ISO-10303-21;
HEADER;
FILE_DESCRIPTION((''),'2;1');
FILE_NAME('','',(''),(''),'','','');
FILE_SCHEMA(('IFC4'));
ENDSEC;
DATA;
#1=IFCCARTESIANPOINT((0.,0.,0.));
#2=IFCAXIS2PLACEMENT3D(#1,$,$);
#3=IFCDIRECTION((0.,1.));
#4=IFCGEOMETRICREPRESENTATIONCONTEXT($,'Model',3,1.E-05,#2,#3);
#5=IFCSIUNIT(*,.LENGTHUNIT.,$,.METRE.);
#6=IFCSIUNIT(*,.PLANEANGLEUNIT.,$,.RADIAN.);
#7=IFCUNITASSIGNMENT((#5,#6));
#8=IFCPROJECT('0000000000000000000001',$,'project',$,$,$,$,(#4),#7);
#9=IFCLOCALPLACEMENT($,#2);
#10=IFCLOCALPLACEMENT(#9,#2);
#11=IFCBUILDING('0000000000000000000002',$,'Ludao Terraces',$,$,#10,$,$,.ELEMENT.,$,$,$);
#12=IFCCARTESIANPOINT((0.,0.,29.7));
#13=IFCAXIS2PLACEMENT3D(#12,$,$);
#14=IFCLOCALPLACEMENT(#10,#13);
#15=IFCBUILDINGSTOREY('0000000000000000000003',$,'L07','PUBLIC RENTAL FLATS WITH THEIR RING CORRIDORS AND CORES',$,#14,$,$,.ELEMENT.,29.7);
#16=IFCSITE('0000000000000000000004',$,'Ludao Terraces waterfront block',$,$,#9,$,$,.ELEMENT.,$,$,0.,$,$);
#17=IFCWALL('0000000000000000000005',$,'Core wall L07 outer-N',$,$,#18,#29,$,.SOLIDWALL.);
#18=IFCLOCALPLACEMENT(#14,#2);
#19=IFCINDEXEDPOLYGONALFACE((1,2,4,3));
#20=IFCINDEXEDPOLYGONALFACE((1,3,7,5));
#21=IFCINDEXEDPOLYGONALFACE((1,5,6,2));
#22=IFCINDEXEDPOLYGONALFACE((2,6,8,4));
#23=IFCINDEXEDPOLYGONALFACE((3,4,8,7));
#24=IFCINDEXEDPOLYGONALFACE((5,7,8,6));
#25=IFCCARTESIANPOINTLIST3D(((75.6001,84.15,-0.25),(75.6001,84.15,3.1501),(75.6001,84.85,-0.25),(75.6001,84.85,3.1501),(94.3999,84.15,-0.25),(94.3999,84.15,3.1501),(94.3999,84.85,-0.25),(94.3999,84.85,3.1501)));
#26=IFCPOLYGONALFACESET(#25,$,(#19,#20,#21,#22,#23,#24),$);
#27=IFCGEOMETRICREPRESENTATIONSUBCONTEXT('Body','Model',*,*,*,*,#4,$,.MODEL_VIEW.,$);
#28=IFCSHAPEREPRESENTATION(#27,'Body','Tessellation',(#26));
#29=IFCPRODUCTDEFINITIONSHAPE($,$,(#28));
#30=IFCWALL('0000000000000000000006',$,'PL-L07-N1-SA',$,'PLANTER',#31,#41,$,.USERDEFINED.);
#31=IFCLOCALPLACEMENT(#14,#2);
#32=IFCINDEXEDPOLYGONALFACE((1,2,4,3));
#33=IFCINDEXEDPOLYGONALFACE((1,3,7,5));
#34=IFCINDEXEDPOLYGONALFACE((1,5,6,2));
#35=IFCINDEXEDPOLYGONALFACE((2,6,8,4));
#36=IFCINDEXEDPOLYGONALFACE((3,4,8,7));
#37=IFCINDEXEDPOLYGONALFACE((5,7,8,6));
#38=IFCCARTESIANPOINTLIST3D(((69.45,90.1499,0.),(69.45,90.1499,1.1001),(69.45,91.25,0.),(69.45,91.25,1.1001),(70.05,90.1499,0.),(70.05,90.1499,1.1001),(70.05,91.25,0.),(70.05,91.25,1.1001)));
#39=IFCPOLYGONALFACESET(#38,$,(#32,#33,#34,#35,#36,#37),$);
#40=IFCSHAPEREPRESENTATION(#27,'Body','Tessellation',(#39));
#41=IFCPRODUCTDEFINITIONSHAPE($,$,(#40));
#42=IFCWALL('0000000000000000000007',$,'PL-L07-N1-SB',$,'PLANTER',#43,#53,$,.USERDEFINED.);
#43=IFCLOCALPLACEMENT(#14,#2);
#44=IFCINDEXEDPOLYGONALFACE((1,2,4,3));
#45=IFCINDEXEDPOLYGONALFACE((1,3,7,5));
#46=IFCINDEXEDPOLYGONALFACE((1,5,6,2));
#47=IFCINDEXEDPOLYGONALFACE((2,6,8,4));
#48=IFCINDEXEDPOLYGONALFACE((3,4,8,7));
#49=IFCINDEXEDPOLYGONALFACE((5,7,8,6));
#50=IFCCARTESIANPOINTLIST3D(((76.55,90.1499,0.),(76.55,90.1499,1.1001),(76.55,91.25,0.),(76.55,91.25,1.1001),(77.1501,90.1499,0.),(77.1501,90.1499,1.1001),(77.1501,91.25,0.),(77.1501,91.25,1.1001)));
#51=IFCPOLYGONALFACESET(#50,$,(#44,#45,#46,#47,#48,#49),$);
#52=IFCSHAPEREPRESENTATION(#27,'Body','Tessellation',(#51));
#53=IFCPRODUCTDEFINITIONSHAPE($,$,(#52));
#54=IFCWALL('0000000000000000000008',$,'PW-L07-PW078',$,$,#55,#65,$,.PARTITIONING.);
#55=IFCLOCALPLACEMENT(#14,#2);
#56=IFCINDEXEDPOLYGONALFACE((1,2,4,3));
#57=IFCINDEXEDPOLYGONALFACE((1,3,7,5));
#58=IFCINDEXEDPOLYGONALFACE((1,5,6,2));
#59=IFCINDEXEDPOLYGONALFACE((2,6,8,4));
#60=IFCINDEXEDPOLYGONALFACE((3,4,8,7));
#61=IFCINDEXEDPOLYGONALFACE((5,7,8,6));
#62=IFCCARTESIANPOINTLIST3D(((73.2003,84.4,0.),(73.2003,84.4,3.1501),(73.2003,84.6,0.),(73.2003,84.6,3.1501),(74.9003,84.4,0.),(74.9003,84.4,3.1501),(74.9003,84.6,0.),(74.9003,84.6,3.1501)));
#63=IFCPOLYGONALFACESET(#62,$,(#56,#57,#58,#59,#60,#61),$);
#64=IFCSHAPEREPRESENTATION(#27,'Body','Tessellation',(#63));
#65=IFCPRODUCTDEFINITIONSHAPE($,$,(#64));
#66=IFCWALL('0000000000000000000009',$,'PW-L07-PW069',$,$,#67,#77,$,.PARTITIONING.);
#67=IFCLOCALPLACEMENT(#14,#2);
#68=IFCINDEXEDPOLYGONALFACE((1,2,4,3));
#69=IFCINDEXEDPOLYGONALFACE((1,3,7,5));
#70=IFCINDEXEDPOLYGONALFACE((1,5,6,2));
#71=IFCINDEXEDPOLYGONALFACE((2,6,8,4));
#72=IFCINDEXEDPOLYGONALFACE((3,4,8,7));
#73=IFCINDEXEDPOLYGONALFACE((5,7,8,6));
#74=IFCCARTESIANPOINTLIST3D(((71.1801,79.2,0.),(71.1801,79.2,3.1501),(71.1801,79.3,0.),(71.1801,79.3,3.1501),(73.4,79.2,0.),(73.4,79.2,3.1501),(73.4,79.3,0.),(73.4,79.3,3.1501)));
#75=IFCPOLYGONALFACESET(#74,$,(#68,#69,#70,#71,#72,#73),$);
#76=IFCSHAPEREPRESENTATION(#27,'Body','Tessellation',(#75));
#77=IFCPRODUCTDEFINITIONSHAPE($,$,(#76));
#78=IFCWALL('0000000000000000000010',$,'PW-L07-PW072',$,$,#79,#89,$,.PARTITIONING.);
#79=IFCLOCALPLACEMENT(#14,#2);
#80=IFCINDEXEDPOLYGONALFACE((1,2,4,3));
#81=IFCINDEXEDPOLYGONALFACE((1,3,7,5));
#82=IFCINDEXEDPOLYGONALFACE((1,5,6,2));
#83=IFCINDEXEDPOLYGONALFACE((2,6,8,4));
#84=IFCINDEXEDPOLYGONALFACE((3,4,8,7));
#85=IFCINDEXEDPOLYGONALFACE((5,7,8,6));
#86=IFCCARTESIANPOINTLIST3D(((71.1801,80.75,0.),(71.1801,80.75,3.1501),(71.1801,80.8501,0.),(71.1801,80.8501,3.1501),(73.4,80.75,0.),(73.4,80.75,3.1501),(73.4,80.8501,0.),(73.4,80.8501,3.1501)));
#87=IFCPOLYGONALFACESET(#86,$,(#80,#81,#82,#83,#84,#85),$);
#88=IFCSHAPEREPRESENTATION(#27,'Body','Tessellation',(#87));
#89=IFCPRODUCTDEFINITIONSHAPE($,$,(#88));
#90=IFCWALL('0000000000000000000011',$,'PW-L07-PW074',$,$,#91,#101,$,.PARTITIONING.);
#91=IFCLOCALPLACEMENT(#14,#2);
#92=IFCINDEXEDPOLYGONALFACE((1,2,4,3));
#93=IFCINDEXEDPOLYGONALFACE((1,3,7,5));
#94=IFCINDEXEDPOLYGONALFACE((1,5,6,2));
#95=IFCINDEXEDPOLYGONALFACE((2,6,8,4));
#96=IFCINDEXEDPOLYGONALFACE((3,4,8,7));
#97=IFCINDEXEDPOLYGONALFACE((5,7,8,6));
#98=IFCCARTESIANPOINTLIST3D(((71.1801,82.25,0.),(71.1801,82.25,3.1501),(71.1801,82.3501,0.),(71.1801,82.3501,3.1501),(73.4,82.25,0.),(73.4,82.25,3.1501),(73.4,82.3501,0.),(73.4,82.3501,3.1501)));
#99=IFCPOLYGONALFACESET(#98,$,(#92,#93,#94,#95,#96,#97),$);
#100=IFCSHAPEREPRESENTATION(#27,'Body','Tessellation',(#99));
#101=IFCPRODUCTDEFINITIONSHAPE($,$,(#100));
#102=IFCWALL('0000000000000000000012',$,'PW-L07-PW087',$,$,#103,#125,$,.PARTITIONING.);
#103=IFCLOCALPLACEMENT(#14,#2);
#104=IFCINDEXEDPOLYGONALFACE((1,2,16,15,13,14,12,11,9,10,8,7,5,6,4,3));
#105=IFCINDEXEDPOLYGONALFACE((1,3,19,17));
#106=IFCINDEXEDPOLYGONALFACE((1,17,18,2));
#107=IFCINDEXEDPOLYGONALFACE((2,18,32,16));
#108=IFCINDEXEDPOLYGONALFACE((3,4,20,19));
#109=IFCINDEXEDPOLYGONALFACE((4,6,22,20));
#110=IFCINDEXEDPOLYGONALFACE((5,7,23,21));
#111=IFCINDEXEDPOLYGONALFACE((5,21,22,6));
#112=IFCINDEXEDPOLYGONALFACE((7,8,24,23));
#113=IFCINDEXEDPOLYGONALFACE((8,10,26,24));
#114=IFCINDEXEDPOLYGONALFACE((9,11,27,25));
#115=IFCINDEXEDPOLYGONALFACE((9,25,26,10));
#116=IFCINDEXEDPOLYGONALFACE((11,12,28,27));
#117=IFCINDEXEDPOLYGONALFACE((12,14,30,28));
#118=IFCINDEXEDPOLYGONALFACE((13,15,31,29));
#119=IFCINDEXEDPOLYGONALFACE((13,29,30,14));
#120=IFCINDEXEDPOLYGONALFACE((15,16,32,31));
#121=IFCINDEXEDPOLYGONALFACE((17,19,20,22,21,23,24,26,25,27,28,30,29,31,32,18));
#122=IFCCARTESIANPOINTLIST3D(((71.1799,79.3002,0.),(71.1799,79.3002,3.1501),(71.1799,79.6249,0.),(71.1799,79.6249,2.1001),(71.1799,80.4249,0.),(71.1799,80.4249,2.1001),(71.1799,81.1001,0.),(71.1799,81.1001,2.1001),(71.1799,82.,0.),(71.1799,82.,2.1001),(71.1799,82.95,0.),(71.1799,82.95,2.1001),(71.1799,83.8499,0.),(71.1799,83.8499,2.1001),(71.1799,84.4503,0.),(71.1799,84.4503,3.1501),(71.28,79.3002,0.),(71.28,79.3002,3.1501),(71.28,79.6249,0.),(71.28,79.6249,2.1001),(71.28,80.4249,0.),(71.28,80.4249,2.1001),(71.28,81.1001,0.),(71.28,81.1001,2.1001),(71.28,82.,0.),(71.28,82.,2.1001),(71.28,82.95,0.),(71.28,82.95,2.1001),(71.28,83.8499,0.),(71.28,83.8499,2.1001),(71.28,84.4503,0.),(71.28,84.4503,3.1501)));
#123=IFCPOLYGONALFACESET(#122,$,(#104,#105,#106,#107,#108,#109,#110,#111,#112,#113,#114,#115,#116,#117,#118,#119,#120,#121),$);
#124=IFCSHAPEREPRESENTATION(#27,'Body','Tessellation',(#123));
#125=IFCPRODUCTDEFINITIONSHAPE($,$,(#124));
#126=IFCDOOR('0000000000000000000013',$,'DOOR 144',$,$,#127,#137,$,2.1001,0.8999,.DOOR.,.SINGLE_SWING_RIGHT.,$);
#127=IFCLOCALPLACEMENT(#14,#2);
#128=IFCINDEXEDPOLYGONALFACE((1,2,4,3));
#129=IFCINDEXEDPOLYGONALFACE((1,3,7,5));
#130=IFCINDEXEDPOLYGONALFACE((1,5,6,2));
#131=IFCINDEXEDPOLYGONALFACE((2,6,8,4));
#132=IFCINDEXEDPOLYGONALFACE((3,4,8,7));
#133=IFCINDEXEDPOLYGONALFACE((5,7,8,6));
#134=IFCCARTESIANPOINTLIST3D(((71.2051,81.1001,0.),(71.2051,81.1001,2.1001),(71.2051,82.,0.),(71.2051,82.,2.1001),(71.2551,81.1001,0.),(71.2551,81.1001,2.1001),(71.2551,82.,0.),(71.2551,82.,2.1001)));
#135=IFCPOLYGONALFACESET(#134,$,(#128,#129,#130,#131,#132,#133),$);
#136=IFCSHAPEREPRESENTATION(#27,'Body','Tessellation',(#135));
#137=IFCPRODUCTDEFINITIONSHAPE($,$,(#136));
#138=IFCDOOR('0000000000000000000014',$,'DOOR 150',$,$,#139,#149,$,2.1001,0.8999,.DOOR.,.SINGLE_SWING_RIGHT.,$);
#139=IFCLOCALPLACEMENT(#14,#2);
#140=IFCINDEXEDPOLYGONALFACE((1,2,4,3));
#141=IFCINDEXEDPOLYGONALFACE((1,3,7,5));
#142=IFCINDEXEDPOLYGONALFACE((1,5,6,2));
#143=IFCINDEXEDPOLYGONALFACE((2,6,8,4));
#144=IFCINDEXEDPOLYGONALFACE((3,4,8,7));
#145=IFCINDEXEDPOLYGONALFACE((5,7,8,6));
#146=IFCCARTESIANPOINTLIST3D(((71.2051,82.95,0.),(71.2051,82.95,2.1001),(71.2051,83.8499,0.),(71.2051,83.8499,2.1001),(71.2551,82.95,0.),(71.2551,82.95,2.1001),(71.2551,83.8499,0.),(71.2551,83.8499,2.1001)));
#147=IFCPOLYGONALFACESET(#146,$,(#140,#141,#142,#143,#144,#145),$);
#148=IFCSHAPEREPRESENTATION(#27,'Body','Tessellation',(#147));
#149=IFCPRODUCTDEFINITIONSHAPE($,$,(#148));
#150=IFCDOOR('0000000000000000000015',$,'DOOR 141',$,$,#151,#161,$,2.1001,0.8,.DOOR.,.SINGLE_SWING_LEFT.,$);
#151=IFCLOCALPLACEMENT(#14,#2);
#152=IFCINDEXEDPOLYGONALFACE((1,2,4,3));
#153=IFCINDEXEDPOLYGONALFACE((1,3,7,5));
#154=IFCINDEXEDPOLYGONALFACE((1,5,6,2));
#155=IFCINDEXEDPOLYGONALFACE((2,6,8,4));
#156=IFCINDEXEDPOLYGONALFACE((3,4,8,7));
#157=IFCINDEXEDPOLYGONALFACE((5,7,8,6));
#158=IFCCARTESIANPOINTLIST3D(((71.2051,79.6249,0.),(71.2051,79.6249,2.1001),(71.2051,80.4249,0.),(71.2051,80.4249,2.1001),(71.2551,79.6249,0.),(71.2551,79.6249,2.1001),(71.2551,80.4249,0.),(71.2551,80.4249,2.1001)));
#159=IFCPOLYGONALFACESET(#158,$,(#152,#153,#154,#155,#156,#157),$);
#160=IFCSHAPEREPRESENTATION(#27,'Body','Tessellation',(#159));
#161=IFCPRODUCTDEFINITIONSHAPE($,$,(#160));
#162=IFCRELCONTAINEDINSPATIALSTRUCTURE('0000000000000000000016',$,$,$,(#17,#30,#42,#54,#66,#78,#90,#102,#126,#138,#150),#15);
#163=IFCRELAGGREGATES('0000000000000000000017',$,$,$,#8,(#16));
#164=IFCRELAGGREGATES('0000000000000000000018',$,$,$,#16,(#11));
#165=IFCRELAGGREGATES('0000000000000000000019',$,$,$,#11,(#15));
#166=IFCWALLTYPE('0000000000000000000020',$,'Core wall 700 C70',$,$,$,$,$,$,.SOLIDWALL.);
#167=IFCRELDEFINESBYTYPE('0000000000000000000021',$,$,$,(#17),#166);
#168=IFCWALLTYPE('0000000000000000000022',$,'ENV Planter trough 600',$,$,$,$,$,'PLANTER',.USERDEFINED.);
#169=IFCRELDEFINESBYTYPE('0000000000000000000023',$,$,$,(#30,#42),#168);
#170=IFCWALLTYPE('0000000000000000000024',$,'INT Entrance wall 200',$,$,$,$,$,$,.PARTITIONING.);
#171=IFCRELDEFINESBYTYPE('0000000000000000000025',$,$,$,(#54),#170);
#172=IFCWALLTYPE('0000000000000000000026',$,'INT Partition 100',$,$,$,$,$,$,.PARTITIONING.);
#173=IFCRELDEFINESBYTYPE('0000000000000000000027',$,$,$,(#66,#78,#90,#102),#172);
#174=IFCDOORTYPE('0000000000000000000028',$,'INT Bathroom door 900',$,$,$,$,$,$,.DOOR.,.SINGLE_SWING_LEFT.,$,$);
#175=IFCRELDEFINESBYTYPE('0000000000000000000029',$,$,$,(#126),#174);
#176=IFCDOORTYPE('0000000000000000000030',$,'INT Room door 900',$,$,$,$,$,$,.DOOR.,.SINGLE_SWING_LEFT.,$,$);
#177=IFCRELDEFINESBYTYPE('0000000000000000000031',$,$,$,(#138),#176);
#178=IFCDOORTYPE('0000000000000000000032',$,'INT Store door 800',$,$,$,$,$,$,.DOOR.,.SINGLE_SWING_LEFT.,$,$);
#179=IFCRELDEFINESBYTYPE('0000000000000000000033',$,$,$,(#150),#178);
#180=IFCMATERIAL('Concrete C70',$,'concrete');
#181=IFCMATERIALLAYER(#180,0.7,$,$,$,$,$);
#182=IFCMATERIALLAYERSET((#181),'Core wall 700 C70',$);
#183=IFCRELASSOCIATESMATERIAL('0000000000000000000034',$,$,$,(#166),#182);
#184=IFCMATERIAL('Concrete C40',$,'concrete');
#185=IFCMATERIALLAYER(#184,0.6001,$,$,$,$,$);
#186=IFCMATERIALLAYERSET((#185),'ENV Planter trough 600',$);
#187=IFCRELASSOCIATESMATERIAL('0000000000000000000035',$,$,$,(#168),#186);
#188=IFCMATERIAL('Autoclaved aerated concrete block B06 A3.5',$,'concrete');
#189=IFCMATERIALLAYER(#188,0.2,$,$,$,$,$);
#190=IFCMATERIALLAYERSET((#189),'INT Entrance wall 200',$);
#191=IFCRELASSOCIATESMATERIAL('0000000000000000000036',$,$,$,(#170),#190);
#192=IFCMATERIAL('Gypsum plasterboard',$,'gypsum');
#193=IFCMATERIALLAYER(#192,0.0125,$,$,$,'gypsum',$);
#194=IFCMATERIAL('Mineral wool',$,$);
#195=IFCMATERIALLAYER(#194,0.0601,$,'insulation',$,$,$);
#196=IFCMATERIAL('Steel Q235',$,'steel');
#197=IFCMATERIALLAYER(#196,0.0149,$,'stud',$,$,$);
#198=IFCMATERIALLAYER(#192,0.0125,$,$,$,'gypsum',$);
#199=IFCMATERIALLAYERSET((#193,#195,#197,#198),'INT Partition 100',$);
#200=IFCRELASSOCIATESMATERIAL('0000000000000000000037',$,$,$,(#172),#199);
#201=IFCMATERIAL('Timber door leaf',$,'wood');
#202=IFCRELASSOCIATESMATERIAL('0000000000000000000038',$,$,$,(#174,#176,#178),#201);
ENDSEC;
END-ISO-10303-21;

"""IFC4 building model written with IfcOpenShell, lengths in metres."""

from ifc_helpers import new_model, si_unit, direction, frame, frame_2d, origin, place, context, subcontext, project, spatial, rectangle, extrude, material, layer, layer_set, type_object, element, fill, save


model = new_model("IFC4")

# Units and contexts
model_context = context("Model", 3, precision=1e-05, world=origin(), true_north=direction((0.0, 1.0)))
body_context = subcontext(model_context, "Body", "Model", "MODEL_VIEW")
ifc_project = project(units=[si_unit("LENGTHUNIT", "METRE"), si_unit("PLANEANGLEUNIT", "RADIAN")], contexts=[model_context])

# Site, building, storey
site_placement = place(None, origin())
site = spatial("IfcSite", under=ifc_project, at=site_placement, Name="Ludao Terraces waterfront block", CompositionType="ELEMENT", RefElevation=0.0)
building_placement = place(site_placement, origin())
building = spatial("IfcBuilding", under=site, at=building_placement, Name="Ludao Terraces", CompositionType="ELEMENT")
storey_placement = place(building_placement, frame((0.0, 0.0, 29.7)))
storey = spatial("IfcBuildingStorey", under=building, at=storey_placement, Name="L07", Description="PUBLIC RENTAL FLATS WITH THEIR RING CORRIDORS AND CORES", CompositionType="ELEMENT", Elevation=29.7)

# Walls
ifc_material_1 = material(Name="Concrete C70", Category="concrete")
ifc_layer_1 = layer(ifc_material_1, 0.7)
ifc_layer_set_1 = layer_set([ifc_layer_1], Name="Core wall 700 C70")
wall_type_1 = type_object("IfcWallType", Name="Core wall 700 C70", PredefinedType="SOLIDWALL", material=ifc_layer_set_1)
wall_1_placement = place(storey_placement, frame((75.6001, 84.5, -0.25), z_axis=(0.0, 0.0, 1.0), x_axis=(1.0, 0.0, 0.0)))
element("IfcWall", 1, at=wall_1_placement, inside=storey, type_object=wall_type_1, Name="Core wall L07 outer-N", PredefinedType="SOLIDWALL", context=body_context, shape_type="SweptSolid", body=[
    extrude(rectangle(XDim=18.7998, YDim=0.7, at=frame_2d((9.3999, 0.0))), origin(), (0.0, 0.0, 1.0), 3.4001),
])
ifc_material_2 = material(Name="Concrete C40", Category="concrete")
ifc_layer_2 = layer(ifc_material_2, 0.6001)
ifc_layer_set_2 = layer_set([ifc_layer_2], Name="ENV Planter trough 600")
wall_type_2 = type_object("IfcWallType", Name="ENV Planter trough 600", ElementType="PLANTER", PredefinedType="USERDEFINED", material=ifc_layer_set_2)
for number, where, z_axis, x_axis, name in (
    (2, (69.75, 91.25, 0.0), (0.0, 0.0, 1.0), (0.0, -1.0, 0.0), "PL-L07-N1-SA"),
    (3, (76.8501, 91.25, 0.0), (0.0, 0.0, 1.0), (0.0, -1.0, 0.0), "PL-L07-N1-SB"),
):
    element("IfcWall", number, at=place(storey_placement, frame(where, z_axis=z_axis, x_axis=x_axis)), inside=storey, type_object=wall_type_2, Name=name, ObjectType="PLANTER", PredefinedType="USERDEFINED", context=body_context, shape_type="SweptSolid", body=[
        extrude(rectangle(XDim=1.1001, YDim=0.6001, at=frame_2d((0.55, 0.0))), origin(), (0.0, 0.0, 1.0), 1.1001),
    ])

# Shared definitions
ifc_material_3 = material(Name="Mineral wool")

# Walls
ifc_material_4 = material(Name="Autoclaved aerated concrete block B06 A3.5", Category="concrete")
ifc_layer_3 = layer(ifc_material_4, 0.2)
ifc_layer_set_3 = layer_set([ifc_layer_3], Name="INT Entrance wall 200")
wall_type_3 = type_object("IfcWallType", Name="INT Entrance wall 200", PredefinedType="PARTITIONING", material=ifc_layer_set_3)
wall_2_placement = place(storey_placement, frame((73.2002, 84.5, 0.0), z_axis=(0.0, 0.0, 1.0), x_axis=(1.0, 0.0, 0.0)))
element("IfcWall", 4, at=wall_2_placement, inside=storey, type_object=wall_type_3, Name="PW-L07-PW078", PredefinedType="PARTITIONING", context=body_context, shape_type="SweptSolid", body=[
    extrude(rectangle(XDim=1.7, YDim=0.2, at=frame_2d((0.8501, 0.0))), origin(), (0.0, 0.0, 1.0), 3.1501),
])
ifc_material_5 = material(Name="Gypsum plasterboard", Category="gypsum")
ifc_layer_4 = layer(ifc_material_5, 0.0125, Category="gypsum")
ifc_layer_5 = layer(ifc_material_3, 0.0601, Name="insulation")
ifc_material_6 = material(Name="Steel Q235", Category="steel")
ifc_layer_6 = layer(ifc_material_6, 0.0149, Name="stud")
ifc_layer_7 = layer(ifc_material_5, 0.0125, Category="gypsum")
ifc_layer_set_4 = layer_set([ifc_layer_4, ifc_layer_5, ifc_layer_6, ifc_layer_7], Name="INT Partition 100")
wall_type_4 = type_object("IfcWallType", Name="INT Partition 100", PredefinedType="PARTITIONING", material=ifc_layer_set_4)
for number, where, z_axis, x_axis, name in (
    (5, (71.1802, 79.25, 0.0), (0.0, 0.0, 1.0), (1.0, 0.0, 0.0), "PW-L07-PW069"),
    (6, (71.1802, 80.8, 0.0), (0.0, 0.0, 1.0), (1.0, 0.0, 0.0), "PW-L07-PW072"),
    (7, (71.1802, 82.3, 0.0), (0.0, 0.0, 1.0), (1.0, 0.0, 0.0), "PW-L07-PW074"),
):
    element("IfcWall", number, at=place(storey_placement, frame(where, z_axis=z_axis, x_axis=x_axis)), inside=storey, type_object=wall_type_4, Name=name, PredefinedType="PARTITIONING", context=body_context, shape_type="SweptSolid", body=[
        extrude(rectangle(XDim=2.22, YDim=0.1001, at=frame_2d((1.1099, 0.0))), origin(), (0.0, 0.0, 1.0), 3.1501),
    ])

# Wall, openings, doors
wall_3_placement = place(storey_placement, frame((71.23, 79.3, 0.0), z_axis=(0.0, 0.0, 1.0), x_axis=(0.0, 1.0, 0.0)))
wall_3 = element("IfcWall", 8, at=wall_3_placement, inside=storey, type_object=wall_type_4, Name="PW-L07-PW087", PredefinedType="PARTITIONING", context=body_context, shape_type="SweptSolid", body=[
    extrude(rectangle(XDim=5.1501, YDim=0.1001, at=frame_2d((2.5752, 0.0))), origin(), (0.0, 0.0, 1.0), 3.1501),
])
opening_1_placement = place(wall_3_placement, frame((0.325, 0.0, 0.0)))
opening_1 = element("IfcOpeningElement", 9, at=opening_1_placement, cuts=wall_3, PredefinedType="OPENING", context=body_context, shape_type="SweptSolid", body=[
    extrude(rectangle(XDim=0.8, YDim=2.1001, at=frame_2d((0.3999, 1.05))), frame((0.0, 0.0601, 0.0), z_axis=(0.0, -1.0, 0.0), x_axis=(1.0, 0.0, 0.0)), (0.0, 0.0, 1.0), 0.1201),
])
opening_2_placement = place(wall_3_placement, frame((1.8, 0.0, 0.0)))
opening_2 = element("IfcOpeningElement", 10, at=opening_2_placement, cuts=wall_3, PredefinedType="OPENING", context=body_context, shape_type="SweptSolid", body=[
    extrude(rectangle(XDim=0.8999, YDim=2.1001, at=frame_2d((0.45, 1.05))), frame((0.0, 0.0601, 0.0), z_axis=(0.0, -1.0, 0.0), x_axis=(1.0, 0.0, 0.0)), (0.0, 0.0, 1.0), 0.1201),
])
opening_3_placement = place(wall_3_placement, frame((3.6499, 0.0, 0.0)))
opening_3 = element("IfcOpeningElement", 11, at=opening_3_placement, cuts=wall_3, PredefinedType="OPENING", context=body_context, shape_type="SweptSolid", body=[
    extrude(rectangle(XDim=0.8999, YDim=2.1001, at=frame_2d((0.45, 1.05))), frame((0.0, 0.0601, 0.0), z_axis=(0.0, -1.0, 0.0), x_axis=(1.0, 0.0, 0.0)), (0.0, 0.0, 1.0), 0.1201),
])
ifc_material_7 = material(Name="Timber door leaf", Category="wood")
door_type_1 = type_object("IfcDoorType", Name="INT Bathroom door 900", OperationType="SINGLE_SWING_LEFT", PredefinedType="DOOR", material=ifc_material_7)
door_1_placement = place(opening_2_placement, origin())
door_1 = element("IfcDoor", 12, at=door_1_placement, inside=storey, type_object=door_type_1, Name="DOOR 144", OperationType="SINGLE_SWING_RIGHT", OverallHeight=2.1001, OverallWidth=0.8999, PredefinedType="DOOR", context=body_context, shape_type="SweptSolid", body=[
    extrude(rectangle(XDim=0.8999, YDim=2.1001, at=frame_2d((0.45, 1.05))), frame((0.0, 0.0249, 0.0), z_axis=(0.0, -1.0, 0.0), x_axis=(1.0, 0.0, 0.0)), (0.0, 0.0, 1.0), 0.05),
])
fill(opening_2, door_1)
door_type_2 = type_object("IfcDoorType", Name="INT Room door 900", OperationType="SINGLE_SWING_LEFT", PredefinedType="DOOR", material=ifc_material_7)
door_2_placement = place(opening_3_placement, origin())
door_2 = element("IfcDoor", 13, at=door_2_placement, inside=storey, type_object=door_type_2, Name="DOOR 150", OperationType="SINGLE_SWING_RIGHT", OverallHeight=2.1001, OverallWidth=0.8999, PredefinedType="DOOR", context=body_context, shape_type="SweptSolid", body=[
    extrude(rectangle(XDim=0.8999, YDim=2.1001, at=frame_2d((0.45, 1.05))), frame((0.0, 0.0249, 0.0), z_axis=(0.0, -1.0, 0.0), x_axis=(1.0, 0.0, 0.0)), (0.0, 0.0, 1.0), 0.05),
])
fill(opening_3, door_2)
door_type_3 = type_object("IfcDoorType", Name="INT Store door 800", OperationType="SINGLE_SWING_LEFT", PredefinedType="DOOR", material=ifc_material_7)
door_3_placement = place(opening_1_placement, origin())
door_3 = element("IfcDoor", 14, at=door_3_placement, inside=storey, type_object=door_type_3, Name="DOOR 141", OperationType="SINGLE_SWING_LEFT", OverallHeight=2.1001, OverallWidth=0.8, PredefinedType="DOOR", context=body_context, shape_type="SweptSolid", body=[
    extrude(rectangle(XDim=0.8, YDim=2.1001, at=frame_2d((0.3999, 1.05))), frame((0.0, 0.0249, 0.0), z_axis=(0.0, -1.0, 0.0), x_axis=(1.0, 0.0, 0.0)), (0.0, 0.0, 1.0), 0.05),
])
fill(opening_1, door_3)

save(model, "model.ifc")
